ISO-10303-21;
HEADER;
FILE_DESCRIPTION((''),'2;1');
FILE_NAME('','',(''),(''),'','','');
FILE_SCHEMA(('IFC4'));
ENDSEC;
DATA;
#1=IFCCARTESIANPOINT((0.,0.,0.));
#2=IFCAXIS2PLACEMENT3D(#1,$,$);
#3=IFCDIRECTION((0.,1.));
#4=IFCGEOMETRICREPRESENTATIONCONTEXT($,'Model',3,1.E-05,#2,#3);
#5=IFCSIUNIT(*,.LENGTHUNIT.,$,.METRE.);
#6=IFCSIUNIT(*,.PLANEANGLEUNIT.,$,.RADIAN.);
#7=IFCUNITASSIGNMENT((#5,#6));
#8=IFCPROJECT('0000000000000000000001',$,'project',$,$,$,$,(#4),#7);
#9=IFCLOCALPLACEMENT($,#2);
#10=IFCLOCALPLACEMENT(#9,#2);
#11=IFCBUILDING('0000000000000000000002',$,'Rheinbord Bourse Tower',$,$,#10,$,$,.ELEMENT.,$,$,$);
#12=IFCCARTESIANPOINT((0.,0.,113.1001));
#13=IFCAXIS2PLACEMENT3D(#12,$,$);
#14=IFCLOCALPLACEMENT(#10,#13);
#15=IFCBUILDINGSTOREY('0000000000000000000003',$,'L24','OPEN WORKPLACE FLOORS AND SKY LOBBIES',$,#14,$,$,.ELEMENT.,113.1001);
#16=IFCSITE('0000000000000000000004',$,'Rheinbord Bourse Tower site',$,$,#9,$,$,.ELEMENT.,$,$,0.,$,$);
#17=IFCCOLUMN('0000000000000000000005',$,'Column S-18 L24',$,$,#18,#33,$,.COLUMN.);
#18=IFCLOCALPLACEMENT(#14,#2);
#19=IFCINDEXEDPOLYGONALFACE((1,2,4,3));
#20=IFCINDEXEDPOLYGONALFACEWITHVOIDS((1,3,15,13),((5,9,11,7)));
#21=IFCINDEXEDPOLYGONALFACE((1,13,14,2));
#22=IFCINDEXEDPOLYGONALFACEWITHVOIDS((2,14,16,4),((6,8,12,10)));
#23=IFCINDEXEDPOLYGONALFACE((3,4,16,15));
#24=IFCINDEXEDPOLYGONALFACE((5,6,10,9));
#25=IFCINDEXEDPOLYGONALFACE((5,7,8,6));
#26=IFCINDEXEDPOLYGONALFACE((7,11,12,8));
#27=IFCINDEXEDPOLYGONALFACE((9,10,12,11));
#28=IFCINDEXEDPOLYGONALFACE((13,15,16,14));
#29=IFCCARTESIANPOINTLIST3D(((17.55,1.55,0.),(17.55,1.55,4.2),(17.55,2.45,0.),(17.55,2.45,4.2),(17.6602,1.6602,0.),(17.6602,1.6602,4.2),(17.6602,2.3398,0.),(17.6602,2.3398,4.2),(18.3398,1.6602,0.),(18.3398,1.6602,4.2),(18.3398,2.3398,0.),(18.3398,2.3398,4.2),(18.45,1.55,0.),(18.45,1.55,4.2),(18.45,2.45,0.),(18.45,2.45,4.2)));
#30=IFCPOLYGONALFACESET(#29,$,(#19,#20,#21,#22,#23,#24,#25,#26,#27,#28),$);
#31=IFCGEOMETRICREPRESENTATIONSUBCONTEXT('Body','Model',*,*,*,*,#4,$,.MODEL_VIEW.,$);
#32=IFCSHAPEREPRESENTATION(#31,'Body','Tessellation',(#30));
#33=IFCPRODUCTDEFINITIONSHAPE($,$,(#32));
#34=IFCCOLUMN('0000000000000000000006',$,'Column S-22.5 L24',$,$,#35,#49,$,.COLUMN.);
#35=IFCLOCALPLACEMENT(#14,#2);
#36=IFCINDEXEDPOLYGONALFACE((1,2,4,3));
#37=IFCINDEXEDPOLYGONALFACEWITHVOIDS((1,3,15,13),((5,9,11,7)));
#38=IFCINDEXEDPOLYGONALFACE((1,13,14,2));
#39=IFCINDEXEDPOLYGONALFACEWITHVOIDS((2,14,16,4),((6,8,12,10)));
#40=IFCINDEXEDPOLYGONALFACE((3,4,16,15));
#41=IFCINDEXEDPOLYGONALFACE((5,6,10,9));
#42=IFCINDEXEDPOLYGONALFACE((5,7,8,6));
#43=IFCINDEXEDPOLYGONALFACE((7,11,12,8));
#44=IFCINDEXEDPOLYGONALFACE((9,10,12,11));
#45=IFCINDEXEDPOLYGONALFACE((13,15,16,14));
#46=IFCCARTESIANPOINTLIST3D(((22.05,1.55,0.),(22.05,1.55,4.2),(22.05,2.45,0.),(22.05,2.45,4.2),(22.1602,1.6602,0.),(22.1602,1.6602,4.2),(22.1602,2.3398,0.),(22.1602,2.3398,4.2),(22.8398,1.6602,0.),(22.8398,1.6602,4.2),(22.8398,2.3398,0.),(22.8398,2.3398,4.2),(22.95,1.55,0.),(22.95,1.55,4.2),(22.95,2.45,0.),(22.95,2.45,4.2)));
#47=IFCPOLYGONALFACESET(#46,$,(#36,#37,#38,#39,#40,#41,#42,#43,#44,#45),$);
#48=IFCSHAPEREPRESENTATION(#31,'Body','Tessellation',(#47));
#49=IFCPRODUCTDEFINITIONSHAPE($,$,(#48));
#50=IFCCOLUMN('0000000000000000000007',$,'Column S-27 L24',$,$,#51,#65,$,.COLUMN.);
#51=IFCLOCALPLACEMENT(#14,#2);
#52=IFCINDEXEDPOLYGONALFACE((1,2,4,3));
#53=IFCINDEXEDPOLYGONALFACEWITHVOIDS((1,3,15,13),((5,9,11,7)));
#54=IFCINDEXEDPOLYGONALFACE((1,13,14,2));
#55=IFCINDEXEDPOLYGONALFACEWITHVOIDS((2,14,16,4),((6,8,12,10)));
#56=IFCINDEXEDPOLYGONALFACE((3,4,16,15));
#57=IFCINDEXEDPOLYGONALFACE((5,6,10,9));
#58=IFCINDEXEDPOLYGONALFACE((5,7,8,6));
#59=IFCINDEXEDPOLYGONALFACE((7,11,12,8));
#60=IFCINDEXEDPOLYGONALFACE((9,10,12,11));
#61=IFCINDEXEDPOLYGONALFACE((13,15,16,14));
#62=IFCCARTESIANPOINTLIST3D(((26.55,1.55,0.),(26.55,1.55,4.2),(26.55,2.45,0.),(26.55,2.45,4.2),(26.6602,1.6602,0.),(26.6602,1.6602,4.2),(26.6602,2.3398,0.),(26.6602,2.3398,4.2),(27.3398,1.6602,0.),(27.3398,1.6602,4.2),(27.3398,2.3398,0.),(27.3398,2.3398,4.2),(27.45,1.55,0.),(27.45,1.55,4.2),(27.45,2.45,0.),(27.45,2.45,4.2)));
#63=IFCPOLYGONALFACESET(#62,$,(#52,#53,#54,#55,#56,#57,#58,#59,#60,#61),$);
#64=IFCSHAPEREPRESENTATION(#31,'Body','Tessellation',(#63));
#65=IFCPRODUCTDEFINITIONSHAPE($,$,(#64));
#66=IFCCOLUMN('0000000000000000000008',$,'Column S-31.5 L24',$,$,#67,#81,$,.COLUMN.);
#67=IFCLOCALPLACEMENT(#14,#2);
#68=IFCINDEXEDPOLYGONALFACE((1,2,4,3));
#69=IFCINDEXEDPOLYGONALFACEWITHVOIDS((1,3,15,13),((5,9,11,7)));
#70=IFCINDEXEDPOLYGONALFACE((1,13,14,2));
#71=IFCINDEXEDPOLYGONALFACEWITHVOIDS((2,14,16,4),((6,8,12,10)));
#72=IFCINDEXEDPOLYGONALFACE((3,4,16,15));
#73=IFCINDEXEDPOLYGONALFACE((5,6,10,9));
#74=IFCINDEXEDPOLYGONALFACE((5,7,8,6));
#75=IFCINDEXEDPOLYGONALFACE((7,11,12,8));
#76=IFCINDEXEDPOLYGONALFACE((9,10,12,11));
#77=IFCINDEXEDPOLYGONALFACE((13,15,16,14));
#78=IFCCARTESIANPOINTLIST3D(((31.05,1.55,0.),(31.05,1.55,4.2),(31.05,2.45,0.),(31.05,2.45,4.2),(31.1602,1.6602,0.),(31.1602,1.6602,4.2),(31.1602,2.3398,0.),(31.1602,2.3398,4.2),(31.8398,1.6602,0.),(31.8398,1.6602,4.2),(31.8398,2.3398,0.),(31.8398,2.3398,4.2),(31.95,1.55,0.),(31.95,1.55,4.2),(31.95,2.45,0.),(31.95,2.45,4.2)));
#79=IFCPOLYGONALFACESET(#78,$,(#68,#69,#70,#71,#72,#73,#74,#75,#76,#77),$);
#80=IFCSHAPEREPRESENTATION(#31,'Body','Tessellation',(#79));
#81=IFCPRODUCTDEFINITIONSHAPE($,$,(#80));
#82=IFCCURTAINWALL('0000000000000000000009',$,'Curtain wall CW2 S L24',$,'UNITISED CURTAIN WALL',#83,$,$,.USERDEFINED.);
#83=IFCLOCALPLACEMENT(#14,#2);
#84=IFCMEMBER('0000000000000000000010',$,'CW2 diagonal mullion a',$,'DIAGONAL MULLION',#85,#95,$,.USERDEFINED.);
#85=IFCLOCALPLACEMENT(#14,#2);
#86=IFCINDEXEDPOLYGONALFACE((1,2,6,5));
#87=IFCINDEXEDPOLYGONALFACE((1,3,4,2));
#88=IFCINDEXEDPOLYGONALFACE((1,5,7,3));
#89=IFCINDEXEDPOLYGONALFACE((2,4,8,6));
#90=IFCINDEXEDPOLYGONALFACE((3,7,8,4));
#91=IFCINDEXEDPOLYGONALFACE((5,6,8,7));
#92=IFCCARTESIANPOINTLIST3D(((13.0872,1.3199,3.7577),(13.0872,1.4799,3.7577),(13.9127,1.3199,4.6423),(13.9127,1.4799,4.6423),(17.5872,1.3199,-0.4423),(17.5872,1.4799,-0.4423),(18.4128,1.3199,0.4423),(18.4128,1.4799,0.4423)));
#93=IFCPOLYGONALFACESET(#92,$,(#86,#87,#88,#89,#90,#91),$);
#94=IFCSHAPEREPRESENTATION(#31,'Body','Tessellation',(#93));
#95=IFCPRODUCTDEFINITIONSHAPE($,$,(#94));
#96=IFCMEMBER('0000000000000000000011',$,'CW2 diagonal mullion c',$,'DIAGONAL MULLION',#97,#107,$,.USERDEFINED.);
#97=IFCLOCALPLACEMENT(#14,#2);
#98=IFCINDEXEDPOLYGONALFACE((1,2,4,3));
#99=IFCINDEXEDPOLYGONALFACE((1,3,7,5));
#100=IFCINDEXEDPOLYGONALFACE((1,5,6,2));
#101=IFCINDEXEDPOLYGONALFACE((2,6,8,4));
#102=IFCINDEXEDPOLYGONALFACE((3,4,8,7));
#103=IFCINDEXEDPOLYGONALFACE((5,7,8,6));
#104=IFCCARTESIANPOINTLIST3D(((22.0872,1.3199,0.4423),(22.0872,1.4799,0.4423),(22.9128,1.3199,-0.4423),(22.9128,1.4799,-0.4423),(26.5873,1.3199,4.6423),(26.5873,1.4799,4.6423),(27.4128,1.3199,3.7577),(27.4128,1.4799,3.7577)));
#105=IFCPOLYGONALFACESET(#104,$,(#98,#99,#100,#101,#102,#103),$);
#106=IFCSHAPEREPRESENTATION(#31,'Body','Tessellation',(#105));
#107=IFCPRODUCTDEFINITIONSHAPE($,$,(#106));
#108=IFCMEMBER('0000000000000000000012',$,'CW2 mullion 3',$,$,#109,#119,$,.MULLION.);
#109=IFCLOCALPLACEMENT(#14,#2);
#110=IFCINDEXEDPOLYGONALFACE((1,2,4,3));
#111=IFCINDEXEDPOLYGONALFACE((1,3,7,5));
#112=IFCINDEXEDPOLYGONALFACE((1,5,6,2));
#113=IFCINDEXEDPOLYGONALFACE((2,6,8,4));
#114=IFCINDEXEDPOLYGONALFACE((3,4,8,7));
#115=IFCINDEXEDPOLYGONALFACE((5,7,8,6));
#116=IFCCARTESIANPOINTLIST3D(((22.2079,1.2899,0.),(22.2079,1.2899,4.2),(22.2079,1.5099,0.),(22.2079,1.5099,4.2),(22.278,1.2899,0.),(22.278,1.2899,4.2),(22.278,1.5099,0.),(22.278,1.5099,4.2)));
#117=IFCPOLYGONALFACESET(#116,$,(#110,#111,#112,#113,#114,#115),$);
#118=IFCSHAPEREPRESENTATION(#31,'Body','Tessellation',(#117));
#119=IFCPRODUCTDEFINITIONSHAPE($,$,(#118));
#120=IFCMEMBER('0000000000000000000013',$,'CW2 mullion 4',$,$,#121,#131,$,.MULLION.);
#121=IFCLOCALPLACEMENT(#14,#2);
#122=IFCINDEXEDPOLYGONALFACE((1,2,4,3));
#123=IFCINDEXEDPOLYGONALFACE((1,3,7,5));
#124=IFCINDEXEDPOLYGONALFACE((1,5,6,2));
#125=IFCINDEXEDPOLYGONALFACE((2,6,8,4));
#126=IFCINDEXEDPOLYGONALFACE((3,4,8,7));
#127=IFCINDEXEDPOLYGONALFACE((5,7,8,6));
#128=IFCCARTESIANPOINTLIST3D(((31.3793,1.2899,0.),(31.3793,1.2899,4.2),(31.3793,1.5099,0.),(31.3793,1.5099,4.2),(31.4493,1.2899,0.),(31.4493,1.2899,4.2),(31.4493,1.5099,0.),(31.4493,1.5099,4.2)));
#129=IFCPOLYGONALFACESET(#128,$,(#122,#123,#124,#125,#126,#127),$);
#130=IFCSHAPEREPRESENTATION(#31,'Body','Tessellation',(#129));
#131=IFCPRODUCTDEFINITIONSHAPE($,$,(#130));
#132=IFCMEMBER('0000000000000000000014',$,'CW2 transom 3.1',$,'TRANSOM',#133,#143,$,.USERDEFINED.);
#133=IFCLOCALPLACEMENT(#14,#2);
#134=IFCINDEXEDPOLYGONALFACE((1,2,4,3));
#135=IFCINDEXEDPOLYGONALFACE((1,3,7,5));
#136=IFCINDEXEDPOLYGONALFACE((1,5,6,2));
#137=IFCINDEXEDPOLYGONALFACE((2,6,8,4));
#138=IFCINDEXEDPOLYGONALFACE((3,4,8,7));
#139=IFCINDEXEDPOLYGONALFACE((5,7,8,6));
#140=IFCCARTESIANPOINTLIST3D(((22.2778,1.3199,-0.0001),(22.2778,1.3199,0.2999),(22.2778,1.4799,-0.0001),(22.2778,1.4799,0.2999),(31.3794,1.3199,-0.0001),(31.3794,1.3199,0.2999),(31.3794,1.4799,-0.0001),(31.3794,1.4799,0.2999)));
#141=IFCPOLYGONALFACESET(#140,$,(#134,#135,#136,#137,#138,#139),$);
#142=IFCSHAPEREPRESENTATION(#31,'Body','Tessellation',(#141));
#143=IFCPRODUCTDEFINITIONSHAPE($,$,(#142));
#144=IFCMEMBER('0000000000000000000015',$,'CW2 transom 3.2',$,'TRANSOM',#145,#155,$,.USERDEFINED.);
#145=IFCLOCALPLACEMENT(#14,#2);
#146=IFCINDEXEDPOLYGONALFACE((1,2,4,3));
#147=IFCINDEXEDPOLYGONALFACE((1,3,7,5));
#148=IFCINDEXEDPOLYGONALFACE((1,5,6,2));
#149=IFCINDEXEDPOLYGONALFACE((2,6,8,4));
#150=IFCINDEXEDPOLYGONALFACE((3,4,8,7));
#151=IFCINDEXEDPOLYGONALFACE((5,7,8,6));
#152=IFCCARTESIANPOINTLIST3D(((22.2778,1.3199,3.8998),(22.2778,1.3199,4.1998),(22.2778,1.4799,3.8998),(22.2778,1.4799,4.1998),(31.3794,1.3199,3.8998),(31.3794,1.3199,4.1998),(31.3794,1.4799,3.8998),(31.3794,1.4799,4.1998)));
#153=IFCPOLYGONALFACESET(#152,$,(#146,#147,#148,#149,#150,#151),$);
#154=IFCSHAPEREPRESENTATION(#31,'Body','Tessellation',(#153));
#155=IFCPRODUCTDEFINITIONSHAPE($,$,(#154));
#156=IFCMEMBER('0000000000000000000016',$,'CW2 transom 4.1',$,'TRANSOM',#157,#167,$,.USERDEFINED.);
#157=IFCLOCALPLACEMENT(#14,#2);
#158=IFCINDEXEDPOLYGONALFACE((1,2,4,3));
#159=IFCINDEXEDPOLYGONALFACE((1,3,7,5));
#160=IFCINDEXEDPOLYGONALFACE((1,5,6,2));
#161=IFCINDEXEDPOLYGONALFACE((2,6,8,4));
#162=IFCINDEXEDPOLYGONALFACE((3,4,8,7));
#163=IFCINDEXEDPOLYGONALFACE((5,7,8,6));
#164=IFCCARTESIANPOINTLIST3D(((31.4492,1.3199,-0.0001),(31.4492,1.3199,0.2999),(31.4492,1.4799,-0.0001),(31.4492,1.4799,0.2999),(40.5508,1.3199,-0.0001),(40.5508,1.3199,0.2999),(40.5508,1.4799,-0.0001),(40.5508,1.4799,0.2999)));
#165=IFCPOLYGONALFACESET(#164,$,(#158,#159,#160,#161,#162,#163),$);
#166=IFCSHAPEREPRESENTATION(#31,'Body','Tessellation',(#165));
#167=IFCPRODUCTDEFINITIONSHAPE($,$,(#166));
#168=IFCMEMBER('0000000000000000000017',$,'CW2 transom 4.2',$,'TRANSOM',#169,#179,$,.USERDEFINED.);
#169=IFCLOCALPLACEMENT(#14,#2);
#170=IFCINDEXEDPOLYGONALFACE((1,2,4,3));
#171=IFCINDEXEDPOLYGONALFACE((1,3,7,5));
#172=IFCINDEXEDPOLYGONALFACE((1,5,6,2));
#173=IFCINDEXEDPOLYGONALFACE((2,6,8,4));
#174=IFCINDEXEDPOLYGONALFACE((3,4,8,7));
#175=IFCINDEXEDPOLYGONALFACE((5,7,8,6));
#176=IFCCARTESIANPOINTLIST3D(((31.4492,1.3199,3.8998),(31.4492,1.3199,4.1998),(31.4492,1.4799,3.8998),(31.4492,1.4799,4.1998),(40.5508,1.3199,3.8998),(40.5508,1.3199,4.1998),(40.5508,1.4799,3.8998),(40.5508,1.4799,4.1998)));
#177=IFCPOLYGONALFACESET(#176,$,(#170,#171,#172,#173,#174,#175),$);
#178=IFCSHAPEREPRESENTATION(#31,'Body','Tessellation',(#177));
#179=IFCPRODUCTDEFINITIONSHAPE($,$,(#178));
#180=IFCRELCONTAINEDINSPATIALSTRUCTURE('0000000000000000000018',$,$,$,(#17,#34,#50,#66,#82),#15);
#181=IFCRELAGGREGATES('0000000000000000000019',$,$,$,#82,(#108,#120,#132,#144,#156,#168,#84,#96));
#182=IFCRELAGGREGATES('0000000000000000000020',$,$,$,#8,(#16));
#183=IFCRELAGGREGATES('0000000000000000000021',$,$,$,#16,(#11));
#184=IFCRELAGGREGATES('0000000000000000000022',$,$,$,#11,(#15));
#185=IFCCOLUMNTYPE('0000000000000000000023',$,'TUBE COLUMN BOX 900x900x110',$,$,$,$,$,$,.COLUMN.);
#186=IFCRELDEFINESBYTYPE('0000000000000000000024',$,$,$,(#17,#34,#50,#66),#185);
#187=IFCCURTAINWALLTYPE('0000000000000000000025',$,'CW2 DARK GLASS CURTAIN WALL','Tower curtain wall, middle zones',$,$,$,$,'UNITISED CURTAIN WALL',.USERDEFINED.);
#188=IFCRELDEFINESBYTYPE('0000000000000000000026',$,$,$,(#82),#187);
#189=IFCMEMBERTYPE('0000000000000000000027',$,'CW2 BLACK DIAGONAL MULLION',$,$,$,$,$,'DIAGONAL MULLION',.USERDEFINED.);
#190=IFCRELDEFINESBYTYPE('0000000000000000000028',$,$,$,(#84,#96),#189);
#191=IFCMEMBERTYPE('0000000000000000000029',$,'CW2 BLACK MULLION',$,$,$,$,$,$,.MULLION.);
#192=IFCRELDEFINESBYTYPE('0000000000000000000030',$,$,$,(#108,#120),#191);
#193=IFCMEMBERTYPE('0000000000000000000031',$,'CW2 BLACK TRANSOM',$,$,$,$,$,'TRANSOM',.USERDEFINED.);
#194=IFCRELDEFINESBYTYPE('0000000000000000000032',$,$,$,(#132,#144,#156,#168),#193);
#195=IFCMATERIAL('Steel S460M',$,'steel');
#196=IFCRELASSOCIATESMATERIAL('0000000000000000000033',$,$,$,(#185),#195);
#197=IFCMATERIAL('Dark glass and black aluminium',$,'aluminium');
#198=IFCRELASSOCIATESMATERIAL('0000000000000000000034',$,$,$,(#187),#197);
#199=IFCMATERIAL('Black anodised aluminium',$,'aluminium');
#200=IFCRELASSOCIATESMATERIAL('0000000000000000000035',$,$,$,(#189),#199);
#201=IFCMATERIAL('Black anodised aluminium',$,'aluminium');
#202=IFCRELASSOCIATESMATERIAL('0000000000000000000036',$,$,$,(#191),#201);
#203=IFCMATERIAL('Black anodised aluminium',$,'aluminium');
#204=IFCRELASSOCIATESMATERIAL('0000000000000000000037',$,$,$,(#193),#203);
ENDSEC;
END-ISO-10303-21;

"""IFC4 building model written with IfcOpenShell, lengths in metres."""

from ifc_helpers import new_model, si_unit, direction, frame, origin, origin_2d, place, context, subcontext, project, spatial, rectangle, hollow_rectangle, extrude, material, material_profile, profile_set, type_object, element, aggregate, save


model = new_model("IFC4")

# Units and contexts
model_context = context("Model", 3, precision=1e-05, world=origin(), true_north=direction((0.0, 1.0)))
body_context = subcontext(model_context, "Body", "Model", "MODEL_VIEW")
ifc_project = project(units=[si_unit("LENGTHUNIT", "METRE"), si_unit("PLANEANGLEUNIT", "RADIAN")], contexts=[model_context])

# Site, building, storey
site_placement = place(None, origin())
site = spatial("IfcSite", under=ifc_project, at=site_placement, Name="Rheinbord Bourse Tower site", CompositionType="ELEMENT", RefElevation=0.0)
building_placement = place(site_placement, origin())
building = spatial("IfcBuilding", under=site, at=building_placement, Name="Rheinbord Bourse Tower", CompositionType="ELEMENT")
storey_placement = place(building_placement, frame((0.0, 0.0, 113.1001)))
storey = spatial("IfcBuildingStorey", under=building, at=storey_placement, Name="L24", Description="OPEN WORKPLACE FLOORS AND SKY LOBBIES", CompositionType="ELEMENT", Elevation=113.1001)

# Columns
ifc_material_1 = material(Name="Steel S460M", Category="steel")
ifc_material_profile_1 = material_profile(ifc_material_1, hollow_rectangle(XDim=0.8999, YDim=0.8999, WallThickness=0.1101, at=origin_2d()), Name="BOX 900x900x110")
ifc_profile_set_1 = profile_set([ifc_material_profile_1], Name="Steel S460M")
column_type = type_object("IfcColumnType", Name="TUBE COLUMN BOX 900x900x110", PredefinedType="COLUMN", material=ifc_profile_set_1)
for number, where, z_axis, x_axis, name in (
    (1, (18.0, 2.0, 0.0), (0.0, 0.0, 1.0), (0.0, 1.0, 0.0), "Column S-18 L24"),
    (2, (22.5, 2.0, 0.0), (0.0, 0.0, 1.0), (0.0, 1.0, 0.0), "Column S-22.5 L24"),
    (3, (27.0, 2.0, 0.0), (0.0, 0.0, 1.0), (0.0, 1.0, 0.0), "Column S-27 L24"),
    (4, (31.5, 2.0, 0.0), (0.0, 0.0, 1.0), (0.0, 1.0, 0.0), "Column S-31.5 L24"),
):
    element("IfcColumn", number, at=place(storey_placement, frame(where, z_axis=z_axis, x_axis=x_axis)), inside=storey, type_object=column_type, Name=name, PredefinedType="COLUMN", context=body_context, shape_type="SweptSolid", body=[
        extrude(hollow_rectangle(XDim=0.8999, YDim=0.8999, WallThickness=0.1101, at=origin_2d()), origin(), (0.0, 0.0, 1.0), 4.2),
    ])

# Curtain wall, members
ifc_material_2 = material(Name="Dark glass and black aluminium", Category="aluminium")
curtain_wall_type = type_object("IfcCurtainWallType", Name="CW2 DARK GLASS CURTAIN WALL", Description="Tower curtain wall, middle zones", ElementType="UNITISED CURTAIN WALL", PredefinedType="USERDEFINED", material=ifc_material_2)
curtain_wall_placement = place(storey_placement, origin())
curtain_wall = element("IfcCurtainWall", 5, at=curtain_wall_placement, inside=storey, type_object=curtain_wall_type, Name="Curtain wall CW2 S L24", ObjectType="UNITISED CURTAIN WALL", PredefinedType="USERDEFINED")
ifc_material_3 = material(Name="Black anodised aluminium", Category="aluminium")
ifc_material_profile_2 = material_profile(ifc_material_3, rectangle(XDim=0.1599, YDim=1.21, at=origin_2d()), Name="CW2 DIAGONAL MULLION 1210x160")
ifc_profile_set_2 = profile_set([ifc_material_profile_2], Name="Black anodised aluminium")
member_type_1 = type_object("IfcMemberType", Name="CW2 BLACK DIAGONAL MULLION", ElementType="DIAGONAL MULLION", PredefinedType="USERDEFINED", material=ifc_profile_set_2)
member_1_placement = place(storey_placement, frame((18.0, 1.3999, 0.0), z_axis=(-0.731059, 0.0, 0.682314), x_axis=(0.0, -1.0, 0.0)))
member_1 = element("IfcMember", 6, at=member_1_placement, type_object=member_type_1, Name="CW2 diagonal mullion a", ObjectType="DIAGONAL MULLION", PredefinedType="USERDEFINED", context=body_context, shape_type="SweptSolid", body=[
    extrude(rectangle(XDim=0.1599, YDim=1.21, at=origin_2d()), origin(), (0.0, 0.0, 1.0), 6.1555),
])
member_2_placement = place(storey_placement, frame((22.5, 1.3999, 0.0), z_axis=(0.731059, 0.0, 0.682314), x_axis=(0.0, 1.0, 0.0)))
member_2 = element("IfcMember", 7, at=member_2_placement, type_object=member_type_1, Name="CW2 diagonal mullion c", ObjectType="DIAGONAL MULLION", PredefinedType="USERDEFINED", context=body_context, shape_type="SweptSolid", body=[
    extrude(rectangle(XDim=0.1599, YDim=1.21, at=origin_2d()), origin(), (0.0, 0.0, 1.0), 6.1555),
])
ifc_material_4 = material(Name="Black anodised aluminium", Category="aluminium")
ifc_material_profile_3 = material_profile(ifc_material_4, rectangle(XDim=0.22, YDim=0.0701, at=origin_2d()), Name="CW2 MULLION 70x220")
ifc_profile_set_3 = profile_set([ifc_material_profile_3], Name="Black anodised aluminium")
member_type_2 = type_object("IfcMemberType", Name="CW2 BLACK MULLION", PredefinedType="MULLION", material=ifc_profile_set_3)
member_3_placement = place(storey_placement, frame((22.2429, 1.3999, 0.0), z_axis=(0.0, 0.0, 1.0), x_axis=(0.0, 1.0, 0.0)))
member_3 = element("IfcMember", 8, at=member_3_placement, type_object=member_type_2, Name="CW2 mullion 3", PredefinedType="MULLION", context=body_context, shape_type="SweptSolid", body=[
    extrude(rectangle(XDim=0.22, YDim=0.0701, at=origin_2d()), origin(), (0.0, 0.0, 1.0), 4.2),
])
member_4_placement = place(storey_placement, frame((31.4143, 1.3999, 0.0), z_axis=(0.0, 0.0, 1.0), x_axis=(0.0, 1.0, 0.0)))
member_4 = element("IfcMember", 9, at=member_4_placement, type_object=member_type_2, Name="CW2 mullion 4", PredefinedType="MULLION", context=body_context, shape_type="SweptSolid", body=[
    extrude(rectangle(XDim=0.22, YDim=0.0701, at=origin_2d()), origin(), (0.0, 0.0, 1.0), 4.2),
])
ifc_material_5 = material(Name="Black anodised aluminium", Category="aluminium")
ifc_material_profile_4 = material_profile(ifc_material_5, rectangle(XDim=0.1599, YDim=0.3, at=origin_2d()), Name="CW2 TRANSOM 300x160")
ifc_profile_set_4 = profile_set([ifc_material_profile_4], Name="Black anodised aluminium")
member_type_3 = type_object("IfcMemberType", Name="CW2 BLACK TRANSOM", ElementType="TRANSOM", PredefinedType="USERDEFINED", material=ifc_profile_set_4)
member_5_placement = place(storey_placement, frame((22.2778, 1.3999, 0.1499), z_axis=(1.0, 0.0, 0.0), x_axis=(0.0, 1.0, 0.0)))
member_5 = element("IfcMember", 10, at=member_5_placement, type_object=member_type_3, Name="CW2 transom 3.1", ObjectType="TRANSOM", PredefinedType="USERDEFINED", context=body_context, shape_type="SweptSolid", body=[
    extrude(rectangle(XDim=0.1599, YDim=0.3, at=origin_2d()), origin(), (0.0, 0.0, 1.0), 9.1016),
])
member_6_placement = place(storey_placement, frame((22.2778, 1.3999, 4.0498), z_axis=(1.0, 0.0, 0.0), x_axis=(0.0, 1.0, 0.0)))
member_6 = element("IfcMember", 11, at=member_6_placement, type_object=member_type_3, Name="CW2 transom 3.2", ObjectType="TRANSOM", PredefinedType="USERDEFINED", context=body_context, shape_type="SweptSolid", body=[
    extrude(rectangle(XDim=0.1599, YDim=0.3, at=origin_2d()), origin(), (0.0, 0.0, 1.0), 9.1016),
])
member_7_placement = place(storey_placement, frame((31.4492, 1.3999, 0.1499), z_axis=(1.0, 0.0, 0.0), x_axis=(0.0, 1.0, 0.0)))
member_7 = element("IfcMember", 12, at=member_7_placement, type_object=member_type_3, Name="CW2 transom 4.1", ObjectType="TRANSOM", PredefinedType="USERDEFINED", context=body_context, shape_type="SweptSolid", body=[
    extrude(rectangle(XDim=0.1599, YDim=0.3, at=origin_2d()), origin(), (0.0, 0.0, 1.0), 9.1016),
])
member_8_placement = place(storey_placement, frame((31.4492, 1.3999, 4.0498), z_axis=(1.0, 0.0, 0.0), x_axis=(0.0, 1.0, 0.0)))
member_8 = element("IfcMember", 13, at=member_8_placement, type_object=member_type_3, Name="CW2 transom 4.2", ObjectType="TRANSOM", PredefinedType="USERDEFINED", context=body_context, shape_type="SweptSolid", body=[
    extrude(rectangle(XDim=0.1599, YDim=0.3, at=origin_2d()), origin(), (0.0, 0.0, 1.0), 9.1016),
])

aggregate(curtain_wall, [member_3, member_4, member_5, member_6, member_7, member_8, member_1, member_2])

save(model, "model.ifc")
